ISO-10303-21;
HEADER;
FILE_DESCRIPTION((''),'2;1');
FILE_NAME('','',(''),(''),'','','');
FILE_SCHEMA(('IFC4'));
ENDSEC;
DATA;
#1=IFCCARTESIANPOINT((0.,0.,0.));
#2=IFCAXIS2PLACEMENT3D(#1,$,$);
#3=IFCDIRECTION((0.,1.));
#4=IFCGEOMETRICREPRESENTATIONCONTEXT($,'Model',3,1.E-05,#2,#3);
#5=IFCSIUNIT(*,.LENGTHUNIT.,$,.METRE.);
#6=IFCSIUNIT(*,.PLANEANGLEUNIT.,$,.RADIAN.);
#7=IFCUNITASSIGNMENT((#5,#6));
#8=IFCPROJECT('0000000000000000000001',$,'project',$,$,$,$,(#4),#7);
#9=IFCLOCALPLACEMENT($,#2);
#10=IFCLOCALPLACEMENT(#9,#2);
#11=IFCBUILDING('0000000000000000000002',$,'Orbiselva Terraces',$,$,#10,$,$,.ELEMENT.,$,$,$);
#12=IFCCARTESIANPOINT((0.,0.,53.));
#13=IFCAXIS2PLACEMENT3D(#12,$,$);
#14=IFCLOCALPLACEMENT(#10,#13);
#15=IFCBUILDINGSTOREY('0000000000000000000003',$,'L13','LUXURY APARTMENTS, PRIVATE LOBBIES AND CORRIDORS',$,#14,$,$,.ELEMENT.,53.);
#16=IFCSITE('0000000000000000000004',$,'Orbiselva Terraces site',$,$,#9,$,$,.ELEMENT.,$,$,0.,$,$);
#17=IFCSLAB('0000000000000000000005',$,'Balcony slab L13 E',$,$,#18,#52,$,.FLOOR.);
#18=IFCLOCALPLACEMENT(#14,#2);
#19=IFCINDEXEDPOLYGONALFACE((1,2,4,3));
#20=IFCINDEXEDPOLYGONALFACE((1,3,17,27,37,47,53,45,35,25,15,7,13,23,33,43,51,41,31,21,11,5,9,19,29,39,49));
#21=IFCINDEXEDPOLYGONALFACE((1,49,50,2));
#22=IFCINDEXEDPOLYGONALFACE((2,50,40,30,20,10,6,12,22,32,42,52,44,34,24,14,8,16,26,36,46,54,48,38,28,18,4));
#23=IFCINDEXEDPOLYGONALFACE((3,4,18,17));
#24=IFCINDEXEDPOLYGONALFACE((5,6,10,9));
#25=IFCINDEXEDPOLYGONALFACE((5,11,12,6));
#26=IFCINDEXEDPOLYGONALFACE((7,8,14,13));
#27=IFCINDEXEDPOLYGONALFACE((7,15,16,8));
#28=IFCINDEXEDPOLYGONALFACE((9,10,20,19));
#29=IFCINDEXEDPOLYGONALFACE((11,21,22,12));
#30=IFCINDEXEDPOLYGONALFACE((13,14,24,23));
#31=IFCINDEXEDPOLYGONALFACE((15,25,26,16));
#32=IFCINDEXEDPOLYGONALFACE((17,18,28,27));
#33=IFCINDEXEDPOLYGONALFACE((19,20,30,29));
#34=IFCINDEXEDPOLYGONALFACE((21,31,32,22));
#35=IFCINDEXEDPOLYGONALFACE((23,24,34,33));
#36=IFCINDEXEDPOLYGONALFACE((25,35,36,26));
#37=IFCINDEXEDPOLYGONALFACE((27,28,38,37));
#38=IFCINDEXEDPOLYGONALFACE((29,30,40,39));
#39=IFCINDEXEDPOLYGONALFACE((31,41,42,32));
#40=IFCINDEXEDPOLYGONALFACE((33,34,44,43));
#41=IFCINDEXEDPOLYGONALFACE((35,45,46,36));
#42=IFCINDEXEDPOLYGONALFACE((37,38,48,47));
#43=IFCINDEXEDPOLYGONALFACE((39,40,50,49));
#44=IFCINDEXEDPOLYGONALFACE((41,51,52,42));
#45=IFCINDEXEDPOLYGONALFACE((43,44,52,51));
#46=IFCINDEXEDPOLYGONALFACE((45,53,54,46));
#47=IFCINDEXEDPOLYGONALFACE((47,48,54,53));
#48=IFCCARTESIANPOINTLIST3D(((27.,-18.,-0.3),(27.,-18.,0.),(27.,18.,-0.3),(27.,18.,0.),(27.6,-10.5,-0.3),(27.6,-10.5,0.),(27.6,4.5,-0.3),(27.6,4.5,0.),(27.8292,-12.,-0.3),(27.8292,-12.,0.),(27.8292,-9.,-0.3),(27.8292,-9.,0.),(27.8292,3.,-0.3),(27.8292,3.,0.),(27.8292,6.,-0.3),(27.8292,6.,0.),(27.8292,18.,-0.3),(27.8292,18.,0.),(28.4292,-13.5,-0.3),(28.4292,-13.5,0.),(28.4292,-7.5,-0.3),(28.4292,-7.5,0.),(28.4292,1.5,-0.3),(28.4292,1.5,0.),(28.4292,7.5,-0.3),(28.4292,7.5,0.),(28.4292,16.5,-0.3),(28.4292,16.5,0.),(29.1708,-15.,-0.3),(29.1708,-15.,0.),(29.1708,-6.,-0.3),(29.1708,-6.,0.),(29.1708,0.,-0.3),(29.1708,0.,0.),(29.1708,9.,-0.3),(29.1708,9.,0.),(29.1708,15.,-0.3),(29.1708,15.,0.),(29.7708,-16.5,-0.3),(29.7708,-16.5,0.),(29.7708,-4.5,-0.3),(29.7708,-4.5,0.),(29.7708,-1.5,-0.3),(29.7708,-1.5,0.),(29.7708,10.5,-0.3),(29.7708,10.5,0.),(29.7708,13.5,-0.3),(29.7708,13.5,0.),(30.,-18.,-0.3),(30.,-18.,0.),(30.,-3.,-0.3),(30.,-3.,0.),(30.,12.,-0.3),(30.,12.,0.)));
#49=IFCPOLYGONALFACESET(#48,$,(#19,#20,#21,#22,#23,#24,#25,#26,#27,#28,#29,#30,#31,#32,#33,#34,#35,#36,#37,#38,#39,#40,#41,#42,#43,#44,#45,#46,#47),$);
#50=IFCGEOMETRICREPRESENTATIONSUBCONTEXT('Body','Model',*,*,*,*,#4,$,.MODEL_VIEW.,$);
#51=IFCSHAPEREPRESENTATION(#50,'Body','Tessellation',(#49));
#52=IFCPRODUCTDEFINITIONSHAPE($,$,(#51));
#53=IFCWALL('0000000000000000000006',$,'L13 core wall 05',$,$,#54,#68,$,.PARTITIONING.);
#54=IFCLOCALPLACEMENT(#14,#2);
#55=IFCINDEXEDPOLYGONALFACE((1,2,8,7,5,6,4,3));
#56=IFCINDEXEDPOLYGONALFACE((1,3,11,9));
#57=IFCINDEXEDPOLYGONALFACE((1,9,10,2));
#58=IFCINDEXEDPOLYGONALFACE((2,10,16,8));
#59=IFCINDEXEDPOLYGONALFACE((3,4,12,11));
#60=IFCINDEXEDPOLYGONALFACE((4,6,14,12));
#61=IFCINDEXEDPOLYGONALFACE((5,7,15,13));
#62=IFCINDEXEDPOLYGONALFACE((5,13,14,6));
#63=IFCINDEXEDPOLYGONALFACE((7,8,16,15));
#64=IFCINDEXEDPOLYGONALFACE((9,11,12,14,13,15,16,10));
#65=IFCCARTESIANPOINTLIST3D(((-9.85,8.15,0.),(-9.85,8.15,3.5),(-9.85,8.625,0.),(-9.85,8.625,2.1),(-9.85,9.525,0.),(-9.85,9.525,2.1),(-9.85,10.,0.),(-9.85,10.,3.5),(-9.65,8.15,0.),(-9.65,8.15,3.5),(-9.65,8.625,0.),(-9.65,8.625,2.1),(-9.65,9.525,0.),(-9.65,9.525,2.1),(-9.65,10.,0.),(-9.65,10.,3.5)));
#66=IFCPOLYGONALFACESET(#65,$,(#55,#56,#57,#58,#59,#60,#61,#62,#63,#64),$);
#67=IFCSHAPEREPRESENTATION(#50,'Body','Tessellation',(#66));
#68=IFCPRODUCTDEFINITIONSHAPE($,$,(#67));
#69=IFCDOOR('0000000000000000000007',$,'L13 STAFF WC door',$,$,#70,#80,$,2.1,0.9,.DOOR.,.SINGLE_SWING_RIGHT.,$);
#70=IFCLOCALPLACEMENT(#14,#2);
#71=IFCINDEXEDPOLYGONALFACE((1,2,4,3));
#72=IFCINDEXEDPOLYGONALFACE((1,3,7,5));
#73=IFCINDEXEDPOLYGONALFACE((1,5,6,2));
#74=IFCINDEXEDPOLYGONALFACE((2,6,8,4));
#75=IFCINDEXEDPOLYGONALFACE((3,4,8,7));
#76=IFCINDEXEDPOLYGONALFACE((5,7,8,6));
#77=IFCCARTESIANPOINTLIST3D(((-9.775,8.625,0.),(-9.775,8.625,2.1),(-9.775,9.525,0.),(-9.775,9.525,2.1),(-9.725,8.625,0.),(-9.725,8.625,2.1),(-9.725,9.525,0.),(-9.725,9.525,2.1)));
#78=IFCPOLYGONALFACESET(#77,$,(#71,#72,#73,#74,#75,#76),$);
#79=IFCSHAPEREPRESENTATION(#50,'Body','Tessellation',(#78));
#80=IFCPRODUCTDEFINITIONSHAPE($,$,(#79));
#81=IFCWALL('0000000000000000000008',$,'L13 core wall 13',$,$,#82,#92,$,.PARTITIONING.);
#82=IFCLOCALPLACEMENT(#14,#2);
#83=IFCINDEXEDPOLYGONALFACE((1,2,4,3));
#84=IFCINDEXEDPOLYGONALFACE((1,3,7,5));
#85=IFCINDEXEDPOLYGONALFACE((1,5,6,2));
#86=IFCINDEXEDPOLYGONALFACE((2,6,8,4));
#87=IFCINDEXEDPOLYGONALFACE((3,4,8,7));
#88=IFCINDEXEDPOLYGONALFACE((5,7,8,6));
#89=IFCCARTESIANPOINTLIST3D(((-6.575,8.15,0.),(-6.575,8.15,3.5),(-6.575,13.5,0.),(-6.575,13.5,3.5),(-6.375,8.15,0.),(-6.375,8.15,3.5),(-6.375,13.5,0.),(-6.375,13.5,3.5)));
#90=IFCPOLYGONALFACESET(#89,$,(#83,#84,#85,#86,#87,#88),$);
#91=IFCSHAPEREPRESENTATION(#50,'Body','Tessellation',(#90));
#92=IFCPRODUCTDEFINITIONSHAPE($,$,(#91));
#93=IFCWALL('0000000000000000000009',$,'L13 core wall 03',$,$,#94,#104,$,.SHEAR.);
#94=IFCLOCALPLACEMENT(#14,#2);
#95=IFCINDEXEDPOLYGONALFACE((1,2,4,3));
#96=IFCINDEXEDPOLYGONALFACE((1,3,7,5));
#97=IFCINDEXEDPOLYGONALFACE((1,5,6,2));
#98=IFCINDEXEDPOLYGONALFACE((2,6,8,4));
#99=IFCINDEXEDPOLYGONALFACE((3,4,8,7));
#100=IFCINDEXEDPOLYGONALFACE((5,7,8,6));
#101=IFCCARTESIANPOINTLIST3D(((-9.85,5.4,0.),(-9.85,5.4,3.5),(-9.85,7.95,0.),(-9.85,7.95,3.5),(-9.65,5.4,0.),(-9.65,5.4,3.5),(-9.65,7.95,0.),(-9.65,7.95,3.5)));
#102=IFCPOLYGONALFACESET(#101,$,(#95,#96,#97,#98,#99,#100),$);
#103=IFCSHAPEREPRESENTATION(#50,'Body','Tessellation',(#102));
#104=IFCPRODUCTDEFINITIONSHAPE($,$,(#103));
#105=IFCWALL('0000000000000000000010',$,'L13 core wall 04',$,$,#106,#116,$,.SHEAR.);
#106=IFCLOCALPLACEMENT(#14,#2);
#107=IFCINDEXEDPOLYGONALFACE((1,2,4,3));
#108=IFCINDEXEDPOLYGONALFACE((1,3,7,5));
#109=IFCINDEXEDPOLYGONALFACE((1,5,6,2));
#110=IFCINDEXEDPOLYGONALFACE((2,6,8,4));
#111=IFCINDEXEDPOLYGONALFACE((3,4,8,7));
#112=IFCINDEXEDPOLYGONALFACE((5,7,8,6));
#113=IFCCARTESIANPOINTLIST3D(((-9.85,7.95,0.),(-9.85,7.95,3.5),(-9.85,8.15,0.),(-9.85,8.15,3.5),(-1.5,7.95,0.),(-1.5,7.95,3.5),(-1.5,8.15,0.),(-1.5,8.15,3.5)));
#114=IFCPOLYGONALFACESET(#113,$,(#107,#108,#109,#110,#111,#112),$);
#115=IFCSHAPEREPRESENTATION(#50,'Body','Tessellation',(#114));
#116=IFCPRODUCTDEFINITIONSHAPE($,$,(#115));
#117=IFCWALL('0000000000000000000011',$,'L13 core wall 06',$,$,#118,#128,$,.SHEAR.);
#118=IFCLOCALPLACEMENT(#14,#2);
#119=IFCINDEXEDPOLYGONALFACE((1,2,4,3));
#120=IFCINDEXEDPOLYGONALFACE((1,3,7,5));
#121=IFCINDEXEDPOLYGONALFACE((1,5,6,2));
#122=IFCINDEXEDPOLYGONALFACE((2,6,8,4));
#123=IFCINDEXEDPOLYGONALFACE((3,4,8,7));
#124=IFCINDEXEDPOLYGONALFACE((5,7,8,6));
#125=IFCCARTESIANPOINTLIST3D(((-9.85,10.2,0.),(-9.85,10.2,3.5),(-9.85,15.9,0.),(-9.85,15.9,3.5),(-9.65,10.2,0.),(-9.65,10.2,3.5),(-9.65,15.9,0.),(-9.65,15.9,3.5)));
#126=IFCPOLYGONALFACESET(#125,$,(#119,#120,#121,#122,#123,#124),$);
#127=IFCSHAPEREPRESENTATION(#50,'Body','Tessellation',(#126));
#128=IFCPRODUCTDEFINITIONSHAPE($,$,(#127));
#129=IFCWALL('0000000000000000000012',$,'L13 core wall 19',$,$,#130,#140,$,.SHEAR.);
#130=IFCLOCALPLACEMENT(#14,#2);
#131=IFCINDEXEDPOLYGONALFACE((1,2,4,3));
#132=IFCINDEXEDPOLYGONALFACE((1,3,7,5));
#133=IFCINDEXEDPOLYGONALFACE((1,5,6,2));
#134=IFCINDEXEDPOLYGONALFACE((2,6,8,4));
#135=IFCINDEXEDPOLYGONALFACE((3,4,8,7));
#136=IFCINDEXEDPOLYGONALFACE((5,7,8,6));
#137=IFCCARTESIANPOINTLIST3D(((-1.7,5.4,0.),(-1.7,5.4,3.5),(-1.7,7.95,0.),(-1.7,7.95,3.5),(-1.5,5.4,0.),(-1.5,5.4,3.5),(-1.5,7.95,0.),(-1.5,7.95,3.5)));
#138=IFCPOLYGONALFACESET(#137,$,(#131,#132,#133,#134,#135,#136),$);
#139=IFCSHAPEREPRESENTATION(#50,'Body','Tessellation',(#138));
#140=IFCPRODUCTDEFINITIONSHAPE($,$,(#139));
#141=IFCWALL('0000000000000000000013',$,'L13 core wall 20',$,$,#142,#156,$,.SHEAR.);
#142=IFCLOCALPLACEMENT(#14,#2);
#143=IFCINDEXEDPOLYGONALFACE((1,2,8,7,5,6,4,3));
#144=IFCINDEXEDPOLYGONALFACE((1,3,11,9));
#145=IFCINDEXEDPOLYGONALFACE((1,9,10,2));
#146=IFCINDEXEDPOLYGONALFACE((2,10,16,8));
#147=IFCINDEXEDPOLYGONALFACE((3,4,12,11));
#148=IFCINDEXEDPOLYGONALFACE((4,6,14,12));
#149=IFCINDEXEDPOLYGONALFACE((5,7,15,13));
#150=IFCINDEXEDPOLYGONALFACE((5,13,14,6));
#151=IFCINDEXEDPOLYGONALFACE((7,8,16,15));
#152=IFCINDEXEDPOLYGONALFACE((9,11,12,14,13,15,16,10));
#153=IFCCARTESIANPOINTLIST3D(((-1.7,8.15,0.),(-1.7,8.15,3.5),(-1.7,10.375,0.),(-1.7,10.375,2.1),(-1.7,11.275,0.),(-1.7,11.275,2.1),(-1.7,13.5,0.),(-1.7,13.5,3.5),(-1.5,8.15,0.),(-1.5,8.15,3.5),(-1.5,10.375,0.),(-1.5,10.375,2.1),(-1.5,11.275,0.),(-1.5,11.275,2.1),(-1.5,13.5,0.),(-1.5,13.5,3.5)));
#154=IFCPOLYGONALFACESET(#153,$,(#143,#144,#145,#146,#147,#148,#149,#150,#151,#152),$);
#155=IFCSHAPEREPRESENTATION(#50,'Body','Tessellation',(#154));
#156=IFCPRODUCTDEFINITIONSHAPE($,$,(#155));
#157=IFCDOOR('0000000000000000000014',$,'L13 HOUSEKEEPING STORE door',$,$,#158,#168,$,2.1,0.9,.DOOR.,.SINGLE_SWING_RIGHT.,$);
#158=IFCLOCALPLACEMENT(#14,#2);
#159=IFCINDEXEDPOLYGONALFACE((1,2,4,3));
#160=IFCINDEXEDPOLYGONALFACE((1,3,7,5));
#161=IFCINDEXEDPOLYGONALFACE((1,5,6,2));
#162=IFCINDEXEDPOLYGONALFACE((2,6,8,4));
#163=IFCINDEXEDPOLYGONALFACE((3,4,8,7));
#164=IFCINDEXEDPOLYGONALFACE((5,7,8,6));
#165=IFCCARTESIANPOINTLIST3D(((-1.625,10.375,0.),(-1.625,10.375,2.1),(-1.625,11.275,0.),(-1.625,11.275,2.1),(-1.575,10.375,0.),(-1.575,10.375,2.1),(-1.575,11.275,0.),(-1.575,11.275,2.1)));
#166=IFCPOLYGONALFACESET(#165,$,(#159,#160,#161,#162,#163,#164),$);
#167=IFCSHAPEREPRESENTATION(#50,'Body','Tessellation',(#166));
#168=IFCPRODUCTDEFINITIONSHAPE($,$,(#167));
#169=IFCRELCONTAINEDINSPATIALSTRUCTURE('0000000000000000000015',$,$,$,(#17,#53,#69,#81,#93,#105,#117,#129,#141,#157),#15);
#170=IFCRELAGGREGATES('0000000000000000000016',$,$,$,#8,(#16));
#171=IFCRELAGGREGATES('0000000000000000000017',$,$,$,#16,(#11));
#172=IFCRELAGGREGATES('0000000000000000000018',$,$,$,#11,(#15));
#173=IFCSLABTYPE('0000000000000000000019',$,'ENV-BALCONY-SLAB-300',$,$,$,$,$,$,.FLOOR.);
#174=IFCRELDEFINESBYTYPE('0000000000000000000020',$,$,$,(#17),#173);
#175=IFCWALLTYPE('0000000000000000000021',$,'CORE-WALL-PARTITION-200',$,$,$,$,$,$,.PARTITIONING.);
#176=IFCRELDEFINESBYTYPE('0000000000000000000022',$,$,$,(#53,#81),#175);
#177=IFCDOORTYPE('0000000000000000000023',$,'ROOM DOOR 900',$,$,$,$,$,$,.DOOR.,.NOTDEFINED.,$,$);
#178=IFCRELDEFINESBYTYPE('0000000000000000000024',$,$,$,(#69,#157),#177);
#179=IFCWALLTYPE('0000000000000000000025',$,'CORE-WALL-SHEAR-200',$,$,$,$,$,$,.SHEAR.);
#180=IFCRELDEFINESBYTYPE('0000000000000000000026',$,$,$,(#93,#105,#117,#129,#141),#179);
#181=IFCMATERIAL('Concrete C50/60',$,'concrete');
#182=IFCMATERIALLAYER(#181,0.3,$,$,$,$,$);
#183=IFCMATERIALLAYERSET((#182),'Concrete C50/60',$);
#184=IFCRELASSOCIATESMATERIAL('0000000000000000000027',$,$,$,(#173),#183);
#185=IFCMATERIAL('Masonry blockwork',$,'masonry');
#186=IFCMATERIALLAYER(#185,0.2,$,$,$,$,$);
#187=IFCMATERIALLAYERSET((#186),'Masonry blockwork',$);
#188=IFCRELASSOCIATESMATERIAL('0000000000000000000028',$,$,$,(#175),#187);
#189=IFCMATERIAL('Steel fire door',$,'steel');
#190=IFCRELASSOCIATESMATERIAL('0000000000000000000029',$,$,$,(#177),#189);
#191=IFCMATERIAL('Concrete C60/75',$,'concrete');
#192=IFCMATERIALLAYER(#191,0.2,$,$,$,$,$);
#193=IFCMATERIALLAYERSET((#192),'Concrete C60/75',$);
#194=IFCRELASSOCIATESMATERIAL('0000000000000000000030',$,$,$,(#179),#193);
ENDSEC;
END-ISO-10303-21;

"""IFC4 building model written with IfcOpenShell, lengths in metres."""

from ifc_helpers import new_model, si_unit, direction, frame, frame_2d, origin, place, context, subcontext, project, spatial, polyline, rectangle, outline, extrude, material, layer, layer_set, type_object, element, fill, save


model = new_model("IFC4")

# Units and contexts
model_context = context("Model", 3, precision=1e-05, world=origin(), true_north=direction((0.0, 1.0)))
body_context = subcontext(model_context, "Body", "Model", "MODEL_VIEW")
ifc_project = project(units=[si_unit("LENGTHUNIT", "METRE"), si_unit("PLANEANGLEUNIT", "RADIAN")], contexts=[model_context])

# Site, building, storey
site_placement = place(None, origin())
site = spatial("IfcSite", under=ifc_project, at=site_placement, Name="Orbiselva Terraces site", CompositionType="ELEMENT", RefElevation=0.0)
building_placement = place(site_placement, origin())
building = spatial("IfcBuilding", under=site, at=building_placement, Name="Orbiselva Terraces", CompositionType="ELEMENT")
storey_placement = place(building_placement, frame((0.0, 0.0, 53.0)))
storey = spatial("IfcBuildingStorey", under=building, at=storey_placement, Name="L13", Description="LUXURY APARTMENTS, PRIVATE LOBBIES AND CORRIDORS", CompositionType="ELEMENT", Elevation=53.0)

# Slab
ifc_material_1 = material(Name="Concrete C50/60", Category="concrete")
ifc_layer_1 = layer(ifc_material_1, 0.3)
ifc_layer_set_1 = layer_set([ifc_layer_1], Name="Concrete C50/60")
slab_type = type_object("IfcSlabType", Name="ENV-BALCONY-SLAB-300", PredefinedType="FLOOR", material=ifc_layer_set_1)
slab_placement = place(storey_placement, frame((0.0, 0.0, -0.3)))
element("IfcSlab", 1, at=slab_placement, inside=storey, type_object=slab_type, Name="Balcony slab L13 E", PredefinedType="FLOOR", context=body_context, shape_type="SweptSolid", body=[
    extrude(outline(polyline([(30.0, -18.0), (29.7708, -16.5), (29.1708, -15.0), (28.4292, -13.5), (27.8292, -12.0), (27.6, -10.5), (27.8292, -9.0), (28.4292, -7.5), (29.1708, -6.0), (29.7708, -4.5), (30.0, -3.0), (29.7708, -1.5), (29.1708, 0.0), (28.4292, 1.5), (27.8292, 3.0), (27.6, 4.5), (27.8292, 6.0), (28.4292, 7.5), (29.1708, 9.0), (29.7708, 10.5), (30.0, 12.0), (29.7708, 13.5), (29.1708, 15.0), (28.4292, 16.5), (27.8292, 18.0), (27.0, 18.0), (27.0, -18.0), (30.0, -18.0)])), origin(), (0.0, 0.0, 1.0), 0.3),
])

# Wall, opening, door
ifc_material_2 = material(Name="Masonry blockwork", Category="masonry")
ifc_layer_2 = layer(ifc_material_2, 0.2)
ifc_layer_set_2 = layer_set([ifc_layer_2], Name="Masonry blockwork")
wall_type_1 = type_object("IfcWallType", Name="CORE-WALL-PARTITION-200", PredefinedType="PARTITIONING", material=ifc_layer_set_2)
wall_1_placement = place(storey_placement, frame((-9.75, 8.15, 0.0), z_axis=(0.0, 0.0, 1.0), x_axis=(0.0, 1.0, 0.0)))
wall_1 = element("IfcWall", 2, at=wall_1_placement, inside=storey, type_object=wall_type_1, Name="L13 core wall 05", PredefinedType="PARTITIONING", context=body_context, shape_type="SweptSolid", body=[
    extrude(rectangle(XDim=1.85, YDim=0.2, at=frame_2d((0.925, 0.0))), origin(), (0.0, 0.0, 1.0), 3.5),
])
opening_1_placement = place(wall_1_placement, frame((0.475, 0.0, 0.0)))
opening_1 = element("IfcOpeningElement", 3, at=opening_1_placement, cuts=wall_1, PredefinedType="OPENING", context=body_context, shape_type="SweptSolid", body=[
    extrude(rectangle(XDim=0.9, YDim=2.1, at=frame_2d((0.45, 1.05))), frame((0.0, 0.11, 0.0), z_axis=(0.0, -1.0, 0.0), x_axis=(1.0, 0.0, 0.0)), (0.0, 0.0, 1.0), 0.22),
])
ifc_material_3 = material(Name="Steel fire door", Category="steel")
door_type = type_object("IfcDoorType", Name="ROOM DOOR 900", OperationType="NOTDEFINED", PredefinedType="DOOR", material=ifc_material_3)
door_1_placement = place(opening_1_placement, origin())
door_1 = element("IfcDoor", 4, at=door_1_placement, inside=storey, type_object=door_type, Name="L13 STAFF WC door", OperationType="SINGLE_SWING_RIGHT", OverallHeight=2.1, OverallWidth=0.9, PredefinedType="DOOR", context=body_context, shape_type="SweptSolid", body=[
    extrude(rectangle(XDim=0.9, YDim=2.1, at=frame_2d((0.45, 1.05))), frame((0.0, 0.025, 0.0), z_axis=(0.0, -1.0, 0.0), x_axis=(1.0, 0.0, 0.0)), (0.0, 0.0, 1.0), 0.05),
])
fill(opening_1, door_1)

# Walls
wall_2_placement = place(storey_placement, frame((-6.475, 8.15, 0.0), z_axis=(0.0, 0.0, 1.0), x_axis=(0.0, 1.0, 0.0)))
element("IfcWall", 5, at=wall_2_placement, inside=storey, type_object=wall_type_1, Name="L13 core wall 13", PredefinedType="PARTITIONING", context=body_context, shape_type="SweptSolid", body=[
    extrude(rectangle(XDim=5.35, YDim=0.2, at=frame_2d((2.675, 0.0))), origin(), (0.0, 0.0, 1.0), 3.5),
])
ifc_material_4 = material(Name="Concrete C60/75", Category="concrete")
ifc_layer_3 = layer(ifc_material_4, 0.2)
ifc_layer_set_3 = layer_set([ifc_layer_3], Name="Concrete C60/75")
wall_type_2 = type_object("IfcWallType", Name="CORE-WALL-SHEAR-200", PredefinedType="SHEAR", material=ifc_layer_set_3)
wall_3_placement = place(storey_placement, frame((-9.75, 5.4, 0.0), z_axis=(0.0, 0.0, 1.0), x_axis=(0.0, 1.0, 0.0)))
element("IfcWall", 6, at=wall_3_placement, inside=storey, type_object=wall_type_2, Name="L13 core wall 03", PredefinedType="SHEAR", context=body_context, shape_type="SweptSolid", body=[
    extrude(rectangle(XDim=2.55, YDim=0.2, at=frame_2d((1.275, 0.0))), origin(), (0.0, 0.0, 1.0), 3.5),
])
wall_4_placement = place(storey_placement, frame((-9.85, 8.05, 0.0), z_axis=(0.0, 0.0, 1.0), x_axis=(1.0, 0.0, 0.0)))
element("IfcWall", 7, at=wall_4_placement, inside=storey, type_object=wall_type_2, Name="L13 core wall 04", PredefinedType="SHEAR", context=body_context, shape_type="SweptSolid", body=[
    extrude(rectangle(XDim=8.35, YDim=0.2, at=frame_2d((4.175, 0.0))), origin(), (0.0, 0.0, 1.0), 3.5),
])
wall_5_placement = place(storey_placement, frame((-9.75, 10.2, 0.0), z_axis=(0.0, 0.0, 1.0), x_axis=(0.0, 1.0, 0.0)))
element("IfcWall", 8, at=wall_5_placement, inside=storey, type_object=wall_type_2, Name="L13 core wall 06", PredefinedType="SHEAR", context=body_context, shape_type="SweptSolid", body=[
    extrude(rectangle(XDim=5.7, YDim=0.2, at=frame_2d((2.85, 0.0))), origin(), (0.0, 0.0, 1.0), 3.5),
])
wall_6_placement = place(storey_placement, frame((-1.6, 5.4, 0.0), z_axis=(0.0, 0.0, 1.0), x_axis=(0.0, 1.0, 0.0)))
element("IfcWall", 9, at=wall_6_placement, inside=storey, type_object=wall_type_2, Name="L13 core wall 19", PredefinedType="SHEAR", context=body_context, shape_type="SweptSolid", body=[
    extrude(rectangle(XDim=2.55, YDim=0.2, at=frame_2d((1.275, 0.0))), origin(), (0.0, 0.0, 1.0), 3.5),
])

# Wall, opening, door
wall_7_placement = place(storey_placement, frame((-1.6, 8.15, 0.0), z_axis=(0.0, 0.0, 1.0), x_axis=(0.0, 1.0, 0.0)))
wall_7 = element("IfcWall", 10, at=wall_7_placement, inside=storey, type_object=wall_type_2, Name="L13 core wall 20", PredefinedType="SHEAR", context=body_context, shape_type="SweptSolid", body=[
    extrude(rectangle(XDim=5.35, YDim=0.2, at=frame_2d((2.675, 0.0))), origin(), (0.0, 0.0, 1.0), 3.5),
])
opening_2_placement = place(wall_7_placement, frame((2.225, 0.0, 0.0)))
opening_2 = element("IfcOpeningElement", 11, at=opening_2_placement, cuts=wall_7, PredefinedType="OPENING", context=body_context, shape_type="SweptSolid", body=[
    extrude(rectangle(XDim=0.9, YDim=2.1, at=frame_2d((0.45, 1.05))), frame((0.0, 0.11, 0.0), z_axis=(0.0, -1.0, 0.0), x_axis=(1.0, 0.0, 0.0)), (0.0, 0.0, 1.0), 0.22),
])
door_2_placement = place(opening_2_placement, origin())
door_2 = element("IfcDoor", 12, at=door_2_placement, inside=storey, type_object=door_type, Name="L13 HOUSEKEEPING STORE door", OperationType="SINGLE_SWING_RIGHT", OverallHeight=2.1, OverallWidth=0.9, PredefinedType="DOOR", context=body_context, shape_type="SweptSolid", body=[
    extrude(rectangle(XDim=0.9, YDim=2.1, at=frame_2d((0.45, 1.05))), frame((0.0, 0.025, 0.0), z_axis=(0.0, -1.0, 0.0), x_axis=(1.0, 0.0, 0.0)), (0.0, 0.0, 1.0), 0.05),
])
fill(opening_2, door_2)

save(model, "model.ifc")
